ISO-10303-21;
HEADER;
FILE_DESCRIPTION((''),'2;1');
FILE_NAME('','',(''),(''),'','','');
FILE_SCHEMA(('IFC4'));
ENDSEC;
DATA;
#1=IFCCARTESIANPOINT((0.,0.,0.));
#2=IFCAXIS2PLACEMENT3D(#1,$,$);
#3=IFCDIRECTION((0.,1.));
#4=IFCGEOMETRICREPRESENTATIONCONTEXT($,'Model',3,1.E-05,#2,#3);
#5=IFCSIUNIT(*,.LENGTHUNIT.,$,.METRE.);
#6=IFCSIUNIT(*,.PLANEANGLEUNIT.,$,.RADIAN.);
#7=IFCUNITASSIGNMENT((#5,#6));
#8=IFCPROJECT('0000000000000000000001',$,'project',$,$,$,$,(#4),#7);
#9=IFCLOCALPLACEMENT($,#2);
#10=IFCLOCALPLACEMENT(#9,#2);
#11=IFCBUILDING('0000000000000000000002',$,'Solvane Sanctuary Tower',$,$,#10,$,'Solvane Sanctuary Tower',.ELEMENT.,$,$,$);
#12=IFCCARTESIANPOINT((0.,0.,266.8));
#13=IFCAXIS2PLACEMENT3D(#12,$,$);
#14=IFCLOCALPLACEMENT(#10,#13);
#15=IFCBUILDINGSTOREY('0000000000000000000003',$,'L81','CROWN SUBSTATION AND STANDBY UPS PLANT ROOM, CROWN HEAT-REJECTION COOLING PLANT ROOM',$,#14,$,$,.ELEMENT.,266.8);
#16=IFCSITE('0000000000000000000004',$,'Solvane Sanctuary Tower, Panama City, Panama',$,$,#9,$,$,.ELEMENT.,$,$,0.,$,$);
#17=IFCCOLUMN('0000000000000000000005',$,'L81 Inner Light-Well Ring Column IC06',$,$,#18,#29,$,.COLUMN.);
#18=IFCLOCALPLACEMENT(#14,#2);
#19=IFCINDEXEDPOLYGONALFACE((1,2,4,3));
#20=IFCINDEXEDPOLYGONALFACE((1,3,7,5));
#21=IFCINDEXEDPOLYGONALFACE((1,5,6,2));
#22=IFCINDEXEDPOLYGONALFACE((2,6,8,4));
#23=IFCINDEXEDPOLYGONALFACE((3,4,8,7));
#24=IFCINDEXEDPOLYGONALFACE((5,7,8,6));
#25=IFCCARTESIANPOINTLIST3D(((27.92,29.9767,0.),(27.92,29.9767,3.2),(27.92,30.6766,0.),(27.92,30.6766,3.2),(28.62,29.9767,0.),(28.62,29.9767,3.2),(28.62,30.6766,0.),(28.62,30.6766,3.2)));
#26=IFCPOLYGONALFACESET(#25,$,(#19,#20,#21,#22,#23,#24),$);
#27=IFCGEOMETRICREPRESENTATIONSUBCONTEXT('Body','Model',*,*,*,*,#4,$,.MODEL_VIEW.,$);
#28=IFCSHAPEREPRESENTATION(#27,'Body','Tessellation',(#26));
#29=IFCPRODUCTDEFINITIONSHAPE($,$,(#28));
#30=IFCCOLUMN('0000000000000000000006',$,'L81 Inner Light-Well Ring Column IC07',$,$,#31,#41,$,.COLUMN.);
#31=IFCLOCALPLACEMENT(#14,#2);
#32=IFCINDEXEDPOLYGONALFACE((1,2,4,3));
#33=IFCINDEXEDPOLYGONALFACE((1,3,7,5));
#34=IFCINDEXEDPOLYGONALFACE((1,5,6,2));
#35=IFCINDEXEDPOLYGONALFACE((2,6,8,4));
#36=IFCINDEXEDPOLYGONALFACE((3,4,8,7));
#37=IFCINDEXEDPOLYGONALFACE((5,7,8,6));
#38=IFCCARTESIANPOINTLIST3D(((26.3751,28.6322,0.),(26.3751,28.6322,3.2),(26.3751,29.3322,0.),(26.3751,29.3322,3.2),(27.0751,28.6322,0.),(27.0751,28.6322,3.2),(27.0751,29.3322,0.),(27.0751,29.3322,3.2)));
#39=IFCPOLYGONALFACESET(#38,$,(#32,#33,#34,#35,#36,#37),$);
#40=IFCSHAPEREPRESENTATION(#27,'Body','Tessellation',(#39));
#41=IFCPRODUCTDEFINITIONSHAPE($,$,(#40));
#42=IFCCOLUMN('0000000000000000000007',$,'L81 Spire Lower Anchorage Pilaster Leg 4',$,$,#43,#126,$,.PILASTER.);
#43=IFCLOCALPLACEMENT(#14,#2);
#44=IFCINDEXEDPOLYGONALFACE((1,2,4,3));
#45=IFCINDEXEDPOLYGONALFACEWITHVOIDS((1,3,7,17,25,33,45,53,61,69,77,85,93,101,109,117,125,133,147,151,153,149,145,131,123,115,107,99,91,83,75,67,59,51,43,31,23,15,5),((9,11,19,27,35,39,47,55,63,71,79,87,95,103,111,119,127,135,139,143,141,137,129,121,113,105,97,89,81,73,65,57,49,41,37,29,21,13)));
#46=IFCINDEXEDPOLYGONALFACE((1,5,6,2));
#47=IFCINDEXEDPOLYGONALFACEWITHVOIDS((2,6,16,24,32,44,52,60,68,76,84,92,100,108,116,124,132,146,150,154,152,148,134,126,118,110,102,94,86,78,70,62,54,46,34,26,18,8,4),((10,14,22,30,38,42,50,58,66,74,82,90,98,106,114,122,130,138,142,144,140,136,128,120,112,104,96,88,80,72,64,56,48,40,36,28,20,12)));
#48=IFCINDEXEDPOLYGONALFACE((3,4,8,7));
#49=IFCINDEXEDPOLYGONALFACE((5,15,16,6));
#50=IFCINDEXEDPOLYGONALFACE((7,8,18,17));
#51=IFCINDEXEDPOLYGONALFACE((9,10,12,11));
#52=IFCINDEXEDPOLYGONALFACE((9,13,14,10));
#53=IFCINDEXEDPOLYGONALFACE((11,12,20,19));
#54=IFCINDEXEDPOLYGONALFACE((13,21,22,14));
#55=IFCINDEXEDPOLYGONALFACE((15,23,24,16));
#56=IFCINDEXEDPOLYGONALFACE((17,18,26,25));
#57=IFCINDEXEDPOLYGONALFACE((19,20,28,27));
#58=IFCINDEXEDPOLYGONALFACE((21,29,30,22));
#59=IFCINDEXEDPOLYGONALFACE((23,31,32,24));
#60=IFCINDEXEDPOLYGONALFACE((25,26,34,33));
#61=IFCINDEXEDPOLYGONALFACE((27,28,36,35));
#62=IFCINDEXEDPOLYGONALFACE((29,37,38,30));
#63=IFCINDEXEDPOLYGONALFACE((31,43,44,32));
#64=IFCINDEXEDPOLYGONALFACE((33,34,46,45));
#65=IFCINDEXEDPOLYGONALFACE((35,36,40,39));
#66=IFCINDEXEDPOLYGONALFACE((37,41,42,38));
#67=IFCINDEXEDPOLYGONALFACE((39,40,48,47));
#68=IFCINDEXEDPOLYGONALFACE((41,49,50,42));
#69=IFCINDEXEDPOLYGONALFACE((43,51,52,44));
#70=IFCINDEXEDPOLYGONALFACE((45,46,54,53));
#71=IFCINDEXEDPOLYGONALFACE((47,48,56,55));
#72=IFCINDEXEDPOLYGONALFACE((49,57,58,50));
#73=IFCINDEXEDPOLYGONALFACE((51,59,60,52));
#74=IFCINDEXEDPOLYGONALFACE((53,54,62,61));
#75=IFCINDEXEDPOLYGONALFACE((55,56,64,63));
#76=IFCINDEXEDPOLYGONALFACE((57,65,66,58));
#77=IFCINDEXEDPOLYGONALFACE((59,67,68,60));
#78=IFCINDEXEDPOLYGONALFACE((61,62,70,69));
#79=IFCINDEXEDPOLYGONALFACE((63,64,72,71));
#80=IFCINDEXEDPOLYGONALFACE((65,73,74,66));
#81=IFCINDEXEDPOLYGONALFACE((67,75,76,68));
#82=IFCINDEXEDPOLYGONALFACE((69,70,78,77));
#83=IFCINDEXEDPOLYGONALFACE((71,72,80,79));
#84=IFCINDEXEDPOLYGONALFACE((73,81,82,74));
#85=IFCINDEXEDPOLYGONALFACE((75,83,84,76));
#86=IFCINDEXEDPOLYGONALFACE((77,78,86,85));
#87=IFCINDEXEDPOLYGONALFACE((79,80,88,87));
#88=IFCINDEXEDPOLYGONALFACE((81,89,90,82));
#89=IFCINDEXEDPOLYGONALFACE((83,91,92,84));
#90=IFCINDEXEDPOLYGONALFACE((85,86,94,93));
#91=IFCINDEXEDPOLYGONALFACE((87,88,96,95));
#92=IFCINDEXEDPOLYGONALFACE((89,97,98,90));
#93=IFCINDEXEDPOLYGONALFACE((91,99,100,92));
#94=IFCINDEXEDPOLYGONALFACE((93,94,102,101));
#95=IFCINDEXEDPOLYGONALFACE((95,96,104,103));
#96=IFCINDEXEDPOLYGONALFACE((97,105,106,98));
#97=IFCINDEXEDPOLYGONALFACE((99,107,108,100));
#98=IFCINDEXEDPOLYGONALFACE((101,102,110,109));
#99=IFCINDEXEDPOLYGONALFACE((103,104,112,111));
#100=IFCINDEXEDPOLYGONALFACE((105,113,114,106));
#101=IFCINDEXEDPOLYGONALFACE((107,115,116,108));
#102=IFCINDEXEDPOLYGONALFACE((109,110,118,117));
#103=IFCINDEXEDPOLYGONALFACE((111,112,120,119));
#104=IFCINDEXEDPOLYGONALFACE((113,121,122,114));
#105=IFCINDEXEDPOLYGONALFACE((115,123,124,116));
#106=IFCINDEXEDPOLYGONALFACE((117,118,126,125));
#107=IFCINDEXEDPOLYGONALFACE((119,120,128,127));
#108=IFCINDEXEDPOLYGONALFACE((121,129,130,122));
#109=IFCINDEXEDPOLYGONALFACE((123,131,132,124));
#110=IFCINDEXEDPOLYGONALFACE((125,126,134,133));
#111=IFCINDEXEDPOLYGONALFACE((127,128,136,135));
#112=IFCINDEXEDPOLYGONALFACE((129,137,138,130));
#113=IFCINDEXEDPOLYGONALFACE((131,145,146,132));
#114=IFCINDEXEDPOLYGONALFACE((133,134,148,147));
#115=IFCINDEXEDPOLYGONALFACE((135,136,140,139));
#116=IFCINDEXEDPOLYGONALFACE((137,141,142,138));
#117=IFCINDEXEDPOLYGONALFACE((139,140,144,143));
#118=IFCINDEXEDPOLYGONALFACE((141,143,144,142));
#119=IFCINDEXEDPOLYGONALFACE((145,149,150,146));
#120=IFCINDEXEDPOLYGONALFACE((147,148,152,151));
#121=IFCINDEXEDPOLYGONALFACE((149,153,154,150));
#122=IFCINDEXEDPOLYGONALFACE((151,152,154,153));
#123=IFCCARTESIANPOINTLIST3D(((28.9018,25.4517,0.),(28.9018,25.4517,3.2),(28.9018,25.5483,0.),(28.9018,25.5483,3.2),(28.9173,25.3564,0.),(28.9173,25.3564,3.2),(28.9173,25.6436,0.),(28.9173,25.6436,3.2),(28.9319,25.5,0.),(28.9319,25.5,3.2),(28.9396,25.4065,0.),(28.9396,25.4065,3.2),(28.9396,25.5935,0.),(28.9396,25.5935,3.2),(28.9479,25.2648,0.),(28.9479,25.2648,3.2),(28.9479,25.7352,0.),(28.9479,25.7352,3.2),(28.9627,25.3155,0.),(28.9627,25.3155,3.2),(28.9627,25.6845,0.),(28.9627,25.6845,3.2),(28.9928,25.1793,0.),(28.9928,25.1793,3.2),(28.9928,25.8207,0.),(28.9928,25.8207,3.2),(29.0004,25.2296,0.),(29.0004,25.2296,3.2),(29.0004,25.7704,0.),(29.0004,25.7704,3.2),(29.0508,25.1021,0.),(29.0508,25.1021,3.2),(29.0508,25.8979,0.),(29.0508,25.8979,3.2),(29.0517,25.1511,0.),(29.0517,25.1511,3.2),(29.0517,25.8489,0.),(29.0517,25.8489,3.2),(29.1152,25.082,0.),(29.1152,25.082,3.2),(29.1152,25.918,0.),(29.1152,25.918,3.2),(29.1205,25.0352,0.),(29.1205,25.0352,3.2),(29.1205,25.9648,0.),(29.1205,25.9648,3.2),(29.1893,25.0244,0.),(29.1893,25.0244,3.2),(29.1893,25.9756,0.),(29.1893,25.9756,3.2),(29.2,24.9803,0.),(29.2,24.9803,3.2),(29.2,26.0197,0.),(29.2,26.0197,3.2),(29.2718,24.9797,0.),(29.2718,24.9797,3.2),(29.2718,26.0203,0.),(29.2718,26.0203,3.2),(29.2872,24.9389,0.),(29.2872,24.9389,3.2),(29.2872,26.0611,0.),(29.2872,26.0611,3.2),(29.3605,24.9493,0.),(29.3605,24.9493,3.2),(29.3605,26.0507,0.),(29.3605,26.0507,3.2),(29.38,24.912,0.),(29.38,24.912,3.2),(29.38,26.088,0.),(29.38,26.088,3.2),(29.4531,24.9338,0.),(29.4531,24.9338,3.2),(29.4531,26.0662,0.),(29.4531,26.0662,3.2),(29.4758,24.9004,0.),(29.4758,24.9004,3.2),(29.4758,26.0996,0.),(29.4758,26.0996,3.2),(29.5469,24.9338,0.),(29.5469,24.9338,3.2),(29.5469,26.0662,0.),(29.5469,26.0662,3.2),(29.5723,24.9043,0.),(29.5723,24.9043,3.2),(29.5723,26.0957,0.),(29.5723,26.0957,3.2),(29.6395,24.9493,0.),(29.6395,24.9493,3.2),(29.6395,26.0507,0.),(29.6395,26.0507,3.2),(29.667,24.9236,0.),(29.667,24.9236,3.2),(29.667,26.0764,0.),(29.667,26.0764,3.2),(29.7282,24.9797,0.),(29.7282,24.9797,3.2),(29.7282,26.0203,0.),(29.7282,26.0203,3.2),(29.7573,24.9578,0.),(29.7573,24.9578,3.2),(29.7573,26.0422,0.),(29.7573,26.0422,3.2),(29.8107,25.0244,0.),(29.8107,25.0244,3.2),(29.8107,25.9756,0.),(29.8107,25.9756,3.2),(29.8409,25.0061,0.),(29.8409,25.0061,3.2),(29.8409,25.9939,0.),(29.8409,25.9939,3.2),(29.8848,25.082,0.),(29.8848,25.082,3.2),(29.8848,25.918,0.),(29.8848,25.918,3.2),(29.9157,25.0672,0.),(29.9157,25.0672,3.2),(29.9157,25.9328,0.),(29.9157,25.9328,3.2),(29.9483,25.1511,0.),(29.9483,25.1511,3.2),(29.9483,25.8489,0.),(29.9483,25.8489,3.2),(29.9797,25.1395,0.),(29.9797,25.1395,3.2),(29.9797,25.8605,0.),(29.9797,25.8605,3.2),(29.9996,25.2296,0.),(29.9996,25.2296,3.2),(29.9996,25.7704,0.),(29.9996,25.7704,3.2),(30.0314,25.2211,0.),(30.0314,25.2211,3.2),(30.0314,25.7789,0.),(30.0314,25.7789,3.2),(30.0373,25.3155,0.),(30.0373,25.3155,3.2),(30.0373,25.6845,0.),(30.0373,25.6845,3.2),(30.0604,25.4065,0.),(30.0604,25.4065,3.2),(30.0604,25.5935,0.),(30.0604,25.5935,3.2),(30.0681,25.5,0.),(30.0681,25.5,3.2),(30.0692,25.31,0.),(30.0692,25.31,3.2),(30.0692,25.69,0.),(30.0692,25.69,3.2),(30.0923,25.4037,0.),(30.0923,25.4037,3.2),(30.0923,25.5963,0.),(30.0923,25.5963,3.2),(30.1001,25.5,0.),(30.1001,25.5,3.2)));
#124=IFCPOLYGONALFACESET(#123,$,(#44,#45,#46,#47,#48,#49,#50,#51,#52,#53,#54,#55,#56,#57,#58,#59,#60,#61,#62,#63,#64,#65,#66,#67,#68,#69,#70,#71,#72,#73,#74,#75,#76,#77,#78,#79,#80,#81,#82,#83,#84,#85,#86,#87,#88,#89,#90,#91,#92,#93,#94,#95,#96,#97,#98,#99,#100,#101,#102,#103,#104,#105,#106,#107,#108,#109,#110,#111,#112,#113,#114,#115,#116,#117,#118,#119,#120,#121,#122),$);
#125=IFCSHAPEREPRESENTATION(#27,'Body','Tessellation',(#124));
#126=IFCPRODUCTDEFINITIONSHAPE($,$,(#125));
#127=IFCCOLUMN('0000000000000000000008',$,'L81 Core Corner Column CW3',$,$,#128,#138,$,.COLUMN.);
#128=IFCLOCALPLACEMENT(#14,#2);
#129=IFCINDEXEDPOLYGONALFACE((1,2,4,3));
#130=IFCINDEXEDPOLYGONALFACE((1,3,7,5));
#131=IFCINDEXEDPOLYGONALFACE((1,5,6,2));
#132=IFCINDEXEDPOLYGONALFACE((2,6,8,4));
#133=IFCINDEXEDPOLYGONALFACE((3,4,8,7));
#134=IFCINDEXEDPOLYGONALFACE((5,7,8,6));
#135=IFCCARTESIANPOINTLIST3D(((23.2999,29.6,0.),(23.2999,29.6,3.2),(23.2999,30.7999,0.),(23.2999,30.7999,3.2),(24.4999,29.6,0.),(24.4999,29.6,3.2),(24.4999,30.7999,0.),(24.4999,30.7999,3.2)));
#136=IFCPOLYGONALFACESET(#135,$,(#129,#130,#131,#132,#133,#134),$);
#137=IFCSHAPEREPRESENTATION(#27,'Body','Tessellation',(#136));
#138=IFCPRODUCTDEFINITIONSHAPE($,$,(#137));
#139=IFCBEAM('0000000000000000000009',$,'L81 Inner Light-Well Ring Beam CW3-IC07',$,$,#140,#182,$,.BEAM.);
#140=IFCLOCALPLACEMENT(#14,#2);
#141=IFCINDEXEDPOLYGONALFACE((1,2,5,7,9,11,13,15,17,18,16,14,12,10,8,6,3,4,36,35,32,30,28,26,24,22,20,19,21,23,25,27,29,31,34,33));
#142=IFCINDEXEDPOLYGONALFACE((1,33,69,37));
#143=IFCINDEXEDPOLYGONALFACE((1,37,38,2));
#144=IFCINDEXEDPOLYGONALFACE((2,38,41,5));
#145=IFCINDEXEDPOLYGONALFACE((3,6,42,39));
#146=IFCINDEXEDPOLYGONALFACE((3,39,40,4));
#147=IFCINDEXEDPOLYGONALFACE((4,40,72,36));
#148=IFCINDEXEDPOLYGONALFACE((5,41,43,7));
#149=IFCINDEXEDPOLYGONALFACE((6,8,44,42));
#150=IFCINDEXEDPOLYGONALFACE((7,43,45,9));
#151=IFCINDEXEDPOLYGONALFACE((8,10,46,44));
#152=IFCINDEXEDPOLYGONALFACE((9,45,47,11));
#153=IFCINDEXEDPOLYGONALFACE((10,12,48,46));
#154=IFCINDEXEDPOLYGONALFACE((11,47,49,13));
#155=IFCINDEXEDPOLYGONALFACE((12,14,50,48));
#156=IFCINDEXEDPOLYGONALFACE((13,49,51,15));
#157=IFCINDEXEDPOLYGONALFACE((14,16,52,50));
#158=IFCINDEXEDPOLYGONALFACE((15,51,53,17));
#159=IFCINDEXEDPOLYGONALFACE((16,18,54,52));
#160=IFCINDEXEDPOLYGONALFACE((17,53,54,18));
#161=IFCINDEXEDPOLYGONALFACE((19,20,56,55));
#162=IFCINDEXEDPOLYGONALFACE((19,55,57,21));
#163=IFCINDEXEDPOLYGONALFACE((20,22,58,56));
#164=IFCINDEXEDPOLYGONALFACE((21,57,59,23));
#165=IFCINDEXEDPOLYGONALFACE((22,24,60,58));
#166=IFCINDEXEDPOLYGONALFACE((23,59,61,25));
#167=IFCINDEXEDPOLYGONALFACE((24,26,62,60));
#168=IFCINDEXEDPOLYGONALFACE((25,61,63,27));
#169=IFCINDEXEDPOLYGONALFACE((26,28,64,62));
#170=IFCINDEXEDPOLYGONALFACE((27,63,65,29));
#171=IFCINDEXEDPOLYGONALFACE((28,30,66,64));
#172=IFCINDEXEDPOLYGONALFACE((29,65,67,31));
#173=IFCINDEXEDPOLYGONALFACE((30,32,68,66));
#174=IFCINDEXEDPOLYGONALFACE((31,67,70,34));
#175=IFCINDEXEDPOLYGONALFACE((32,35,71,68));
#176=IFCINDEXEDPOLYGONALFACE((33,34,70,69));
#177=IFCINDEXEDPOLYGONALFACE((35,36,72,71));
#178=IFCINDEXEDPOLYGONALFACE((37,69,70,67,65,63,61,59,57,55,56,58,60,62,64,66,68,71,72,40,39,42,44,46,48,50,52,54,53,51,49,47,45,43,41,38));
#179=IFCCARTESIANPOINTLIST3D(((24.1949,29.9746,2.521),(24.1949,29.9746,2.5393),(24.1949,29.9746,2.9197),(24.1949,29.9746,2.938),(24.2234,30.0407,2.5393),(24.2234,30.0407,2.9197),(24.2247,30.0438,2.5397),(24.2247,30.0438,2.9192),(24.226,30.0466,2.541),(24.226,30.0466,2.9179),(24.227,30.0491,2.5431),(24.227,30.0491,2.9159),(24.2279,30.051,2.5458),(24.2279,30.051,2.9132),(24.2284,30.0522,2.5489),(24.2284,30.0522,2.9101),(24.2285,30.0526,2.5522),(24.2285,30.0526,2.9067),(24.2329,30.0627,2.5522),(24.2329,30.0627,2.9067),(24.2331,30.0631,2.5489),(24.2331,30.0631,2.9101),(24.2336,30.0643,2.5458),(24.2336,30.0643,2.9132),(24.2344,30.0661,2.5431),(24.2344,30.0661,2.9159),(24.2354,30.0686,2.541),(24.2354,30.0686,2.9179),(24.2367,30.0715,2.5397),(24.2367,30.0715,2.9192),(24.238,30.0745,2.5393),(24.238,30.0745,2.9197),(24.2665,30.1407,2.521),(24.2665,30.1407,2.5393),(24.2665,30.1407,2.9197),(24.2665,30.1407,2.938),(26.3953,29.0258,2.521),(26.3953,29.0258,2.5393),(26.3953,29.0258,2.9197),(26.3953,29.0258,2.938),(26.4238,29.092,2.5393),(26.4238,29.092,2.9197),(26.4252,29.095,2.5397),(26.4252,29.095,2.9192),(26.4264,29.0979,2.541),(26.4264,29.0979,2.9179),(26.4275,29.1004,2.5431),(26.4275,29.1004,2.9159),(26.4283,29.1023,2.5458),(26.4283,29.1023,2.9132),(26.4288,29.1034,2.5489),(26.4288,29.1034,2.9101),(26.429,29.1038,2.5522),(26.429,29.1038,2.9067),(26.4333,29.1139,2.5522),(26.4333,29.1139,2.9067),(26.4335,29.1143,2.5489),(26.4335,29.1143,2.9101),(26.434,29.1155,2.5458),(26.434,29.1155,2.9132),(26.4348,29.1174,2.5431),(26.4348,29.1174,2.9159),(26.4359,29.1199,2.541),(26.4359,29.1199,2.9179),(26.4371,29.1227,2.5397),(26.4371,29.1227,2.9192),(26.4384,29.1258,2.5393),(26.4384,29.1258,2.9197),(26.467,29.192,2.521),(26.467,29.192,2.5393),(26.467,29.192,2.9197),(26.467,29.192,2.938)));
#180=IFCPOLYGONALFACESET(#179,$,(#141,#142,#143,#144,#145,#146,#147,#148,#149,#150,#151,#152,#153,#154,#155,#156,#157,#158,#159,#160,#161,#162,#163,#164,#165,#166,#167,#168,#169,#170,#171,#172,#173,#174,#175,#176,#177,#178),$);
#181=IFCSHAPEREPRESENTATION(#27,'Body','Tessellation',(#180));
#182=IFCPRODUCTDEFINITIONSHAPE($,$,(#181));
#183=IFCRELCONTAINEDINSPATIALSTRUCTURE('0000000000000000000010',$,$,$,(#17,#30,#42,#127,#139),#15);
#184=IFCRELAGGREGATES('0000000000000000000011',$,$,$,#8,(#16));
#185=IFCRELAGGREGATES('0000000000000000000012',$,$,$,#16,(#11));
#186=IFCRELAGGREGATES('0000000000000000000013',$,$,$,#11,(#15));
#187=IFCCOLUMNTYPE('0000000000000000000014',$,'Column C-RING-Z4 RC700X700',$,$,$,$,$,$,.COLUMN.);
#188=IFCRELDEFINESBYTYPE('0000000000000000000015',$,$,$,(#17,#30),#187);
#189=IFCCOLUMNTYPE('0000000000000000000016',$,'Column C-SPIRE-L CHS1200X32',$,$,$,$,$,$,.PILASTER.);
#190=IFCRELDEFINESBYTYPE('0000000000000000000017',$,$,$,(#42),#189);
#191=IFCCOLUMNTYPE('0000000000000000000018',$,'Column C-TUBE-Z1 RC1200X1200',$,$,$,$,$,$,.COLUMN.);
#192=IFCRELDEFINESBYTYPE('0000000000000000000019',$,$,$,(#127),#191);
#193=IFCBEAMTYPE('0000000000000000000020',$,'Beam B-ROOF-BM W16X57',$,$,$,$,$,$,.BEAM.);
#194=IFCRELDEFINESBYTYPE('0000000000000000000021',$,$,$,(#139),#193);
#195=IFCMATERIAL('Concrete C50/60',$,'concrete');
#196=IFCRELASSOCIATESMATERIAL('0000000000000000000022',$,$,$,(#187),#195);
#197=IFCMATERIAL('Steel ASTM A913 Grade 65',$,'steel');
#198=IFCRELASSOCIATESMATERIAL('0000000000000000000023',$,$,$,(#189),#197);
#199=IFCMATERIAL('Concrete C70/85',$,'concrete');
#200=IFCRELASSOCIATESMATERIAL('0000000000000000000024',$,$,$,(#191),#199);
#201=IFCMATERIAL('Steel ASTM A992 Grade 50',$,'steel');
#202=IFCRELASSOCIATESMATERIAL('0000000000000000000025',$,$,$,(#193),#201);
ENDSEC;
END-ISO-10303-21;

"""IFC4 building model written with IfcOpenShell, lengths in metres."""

from ifc_helpers import new_model, si_unit, direction, frame, origin, origin_2d, place, context, subcontext, project, spatial, rectangle, hollow_circle, i_section, extrude, material, material_profile, profile_set, type_object, element, save


model = new_model("IFC4")

# Units and contexts
model_context = context("Model", 3, precision=1e-05, world=origin(), true_north=direction((0.0, 1.0)))
body_context = subcontext(model_context, "Body", "Model", "MODEL_VIEW")
ifc_project = project(units=[si_unit("LENGTHUNIT", "METRE"), si_unit("PLANEANGLEUNIT", "RADIAN")], contexts=[model_context])

# Site, building, storey
site_placement = place(None, origin())
site = spatial("IfcSite", under=ifc_project, at=site_placement, Name="Solvane Sanctuary Tower, Panama City, Panama", CompositionType="ELEMENT", RefElevation=0.0)
building_placement = place(site_placement, origin())
building = spatial("IfcBuilding", under=site, at=building_placement, Name="Solvane Sanctuary Tower", LongName="Solvane Sanctuary Tower", CompositionType="ELEMENT")
storey_placement = place(building_placement, frame((0.0, 0.0, 266.8)))
storey = spatial("IfcBuildingStorey", under=building, at=storey_placement, Name="L81", Description="CROWN SUBSTATION AND STANDBY UPS PLANT ROOM, CROWN HEAT-REJECTION COOLING PLANT ROOM", CompositionType="ELEMENT", Elevation=266.8)

# Columns
ifc_material_1 = material(Name="Concrete C50/60", Category="concrete")
ifc_material_profile_1 = material_profile(ifc_material_1, rectangle(XDim=0.7, YDim=0.7, at=origin_2d()), Name="RC700X700")
ifc_profile_set_1 = profile_set([ifc_material_profile_1], Name="Concrete C50/60")
column_type_1 = type_object("IfcColumnType", Name="Column C-RING-Z4 RC700X700", PredefinedType="COLUMN", material=ifc_profile_set_1)
for number, where, z_axis, x_axis, name in (
    (1, (28.27, 30.3267, 0.0), (0.0, 0.0, 1.0), (1.0, 0.0, 0.0), "L81 Inner Light-Well Ring Column IC06"),
    (2, (26.7251, 28.9822, 0.0), (0.0, 0.0, 1.0), (1.0, 0.0, 0.0), "L81 Inner Light-Well Ring Column IC07"),
):
    element("IfcColumn", number, at=place(storey_placement, frame(where, z_axis=z_axis, x_axis=x_axis)), inside=storey, type_object=column_type_1, Name=name, PredefinedType="COLUMN", context=body_context, shape_type="SweptSolid", body=[
        extrude(rectangle(XDim=0.7, YDim=0.7, at=origin_2d()), origin(), (0.0, 0.0, 1.0), 3.2),
    ])
ifc_material_2 = material(Name="Steel ASTM A913 Grade 65", Category="steel")
ifc_material_profile_2 = material_profile(ifc_material_2, hollow_circle(Radius=0.6001, WallThickness=0.032, at=origin_2d()), Name="CHS1200X32")
ifc_profile_set_2 = profile_set([ifc_material_profile_2], Name="Steel ASTM A913 Grade 65")
column_type_2 = type_object("IfcColumnType", Name="Column C-SPIRE-L CHS1200X32", PredefinedType="PILASTER", material=ifc_profile_set_2)
column_1_placement = place(storey_placement, frame((29.5, 25.5, 0.0), z_axis=(0.0, 0.0, 1.0), x_axis=(1.0, 0.0, 0.0)))
element("IfcColumn", 3, at=column_1_placement, inside=storey, type_object=column_type_2, Name="L81 Spire Lower Anchorage Pilaster Leg 4", PredefinedType="PILASTER", context=body_context, shape_type="SweptSolid", body=[
    extrude(hollow_circle(Radius=0.6001, WallThickness=0.032, at=origin_2d()), origin(), (0.0, 0.0, 1.0), 3.2),
])
ifc_material_3 = material(Name="Concrete C70/85", Category="concrete")
ifc_material_profile_3 = material_profile(ifc_material_3, rectangle(XDim=1.2, YDim=1.2, at=origin_2d()), Name="RC1200X1200")
ifc_profile_set_3 = profile_set([ifc_material_profile_3], Name="Concrete C70/85")
column_type_3 = type_object("IfcColumnType", Name="Column C-TUBE-Z1 RC1200X1200", PredefinedType="COLUMN", material=ifc_profile_set_3)
column_2_placement = place(storey_placement, frame((23.8999, 30.2, 0.0), z_axis=(0.0, 0.0, 1.0), x_axis=(1.0, 0.0, 0.0)))
element("IfcColumn", 4, at=column_2_placement, inside=storey, type_object=column_type_3, Name="L81 Core Corner Column CW3", PredefinedType="COLUMN", context=body_context, shape_type="SweptSolid", body=[
    extrude(rectangle(XDim=1.2, YDim=1.2, at=origin_2d()), origin(), (0.0, 0.0, 1.0), 3.2),
])

# Beam
ifc_material_4 = material(Name="Steel ASTM A992 Grade 50", Category="steel")
ifc_material_profile_4 = material_profile(ifc_material_4, i_section(OverallWidth=0.1809, OverallDepth=0.417, WebThickness=0.011, FlangeThickness=0.0183, FilletRadius=0.0129, at=origin_2d()), Name="W16X57")
ifc_profile_set_4 = profile_set([ifc_material_profile_4], Name="Steel ASTM A992 Grade 50")
beam_type_1 = type_object("IfcBeamType", Name="Beam B-ROOF-BM W16X57", PredefinedType="BEAM", material=ifc_profile_set_4)
beam_1_placement = place(storey_placement, frame((24.2307, 30.0576, 2.7295), z_axis=(0.918284, -0.395923, 0.0), x_axis=(0.395923, 0.918284, 0.0)))
element("IfcBeam", 5, at=beam_1_placement, inside=storey, type_object=beam_type_1, Name="L81 Inner Light-Well Ring Beam CW3-IC07", PredefinedType="BEAM", context=body_context, shape_type="SweptSolid", body=[
    extrude(i_section(OverallWidth=0.1809, OverallDepth=0.417, WebThickness=0.011, FlangeThickness=0.0183, FilletRadius=0.0129, at=origin_2d()), origin(), (0.0, 0.0, 1.0), 2.3962),
])

save(model, "model.ifc")
